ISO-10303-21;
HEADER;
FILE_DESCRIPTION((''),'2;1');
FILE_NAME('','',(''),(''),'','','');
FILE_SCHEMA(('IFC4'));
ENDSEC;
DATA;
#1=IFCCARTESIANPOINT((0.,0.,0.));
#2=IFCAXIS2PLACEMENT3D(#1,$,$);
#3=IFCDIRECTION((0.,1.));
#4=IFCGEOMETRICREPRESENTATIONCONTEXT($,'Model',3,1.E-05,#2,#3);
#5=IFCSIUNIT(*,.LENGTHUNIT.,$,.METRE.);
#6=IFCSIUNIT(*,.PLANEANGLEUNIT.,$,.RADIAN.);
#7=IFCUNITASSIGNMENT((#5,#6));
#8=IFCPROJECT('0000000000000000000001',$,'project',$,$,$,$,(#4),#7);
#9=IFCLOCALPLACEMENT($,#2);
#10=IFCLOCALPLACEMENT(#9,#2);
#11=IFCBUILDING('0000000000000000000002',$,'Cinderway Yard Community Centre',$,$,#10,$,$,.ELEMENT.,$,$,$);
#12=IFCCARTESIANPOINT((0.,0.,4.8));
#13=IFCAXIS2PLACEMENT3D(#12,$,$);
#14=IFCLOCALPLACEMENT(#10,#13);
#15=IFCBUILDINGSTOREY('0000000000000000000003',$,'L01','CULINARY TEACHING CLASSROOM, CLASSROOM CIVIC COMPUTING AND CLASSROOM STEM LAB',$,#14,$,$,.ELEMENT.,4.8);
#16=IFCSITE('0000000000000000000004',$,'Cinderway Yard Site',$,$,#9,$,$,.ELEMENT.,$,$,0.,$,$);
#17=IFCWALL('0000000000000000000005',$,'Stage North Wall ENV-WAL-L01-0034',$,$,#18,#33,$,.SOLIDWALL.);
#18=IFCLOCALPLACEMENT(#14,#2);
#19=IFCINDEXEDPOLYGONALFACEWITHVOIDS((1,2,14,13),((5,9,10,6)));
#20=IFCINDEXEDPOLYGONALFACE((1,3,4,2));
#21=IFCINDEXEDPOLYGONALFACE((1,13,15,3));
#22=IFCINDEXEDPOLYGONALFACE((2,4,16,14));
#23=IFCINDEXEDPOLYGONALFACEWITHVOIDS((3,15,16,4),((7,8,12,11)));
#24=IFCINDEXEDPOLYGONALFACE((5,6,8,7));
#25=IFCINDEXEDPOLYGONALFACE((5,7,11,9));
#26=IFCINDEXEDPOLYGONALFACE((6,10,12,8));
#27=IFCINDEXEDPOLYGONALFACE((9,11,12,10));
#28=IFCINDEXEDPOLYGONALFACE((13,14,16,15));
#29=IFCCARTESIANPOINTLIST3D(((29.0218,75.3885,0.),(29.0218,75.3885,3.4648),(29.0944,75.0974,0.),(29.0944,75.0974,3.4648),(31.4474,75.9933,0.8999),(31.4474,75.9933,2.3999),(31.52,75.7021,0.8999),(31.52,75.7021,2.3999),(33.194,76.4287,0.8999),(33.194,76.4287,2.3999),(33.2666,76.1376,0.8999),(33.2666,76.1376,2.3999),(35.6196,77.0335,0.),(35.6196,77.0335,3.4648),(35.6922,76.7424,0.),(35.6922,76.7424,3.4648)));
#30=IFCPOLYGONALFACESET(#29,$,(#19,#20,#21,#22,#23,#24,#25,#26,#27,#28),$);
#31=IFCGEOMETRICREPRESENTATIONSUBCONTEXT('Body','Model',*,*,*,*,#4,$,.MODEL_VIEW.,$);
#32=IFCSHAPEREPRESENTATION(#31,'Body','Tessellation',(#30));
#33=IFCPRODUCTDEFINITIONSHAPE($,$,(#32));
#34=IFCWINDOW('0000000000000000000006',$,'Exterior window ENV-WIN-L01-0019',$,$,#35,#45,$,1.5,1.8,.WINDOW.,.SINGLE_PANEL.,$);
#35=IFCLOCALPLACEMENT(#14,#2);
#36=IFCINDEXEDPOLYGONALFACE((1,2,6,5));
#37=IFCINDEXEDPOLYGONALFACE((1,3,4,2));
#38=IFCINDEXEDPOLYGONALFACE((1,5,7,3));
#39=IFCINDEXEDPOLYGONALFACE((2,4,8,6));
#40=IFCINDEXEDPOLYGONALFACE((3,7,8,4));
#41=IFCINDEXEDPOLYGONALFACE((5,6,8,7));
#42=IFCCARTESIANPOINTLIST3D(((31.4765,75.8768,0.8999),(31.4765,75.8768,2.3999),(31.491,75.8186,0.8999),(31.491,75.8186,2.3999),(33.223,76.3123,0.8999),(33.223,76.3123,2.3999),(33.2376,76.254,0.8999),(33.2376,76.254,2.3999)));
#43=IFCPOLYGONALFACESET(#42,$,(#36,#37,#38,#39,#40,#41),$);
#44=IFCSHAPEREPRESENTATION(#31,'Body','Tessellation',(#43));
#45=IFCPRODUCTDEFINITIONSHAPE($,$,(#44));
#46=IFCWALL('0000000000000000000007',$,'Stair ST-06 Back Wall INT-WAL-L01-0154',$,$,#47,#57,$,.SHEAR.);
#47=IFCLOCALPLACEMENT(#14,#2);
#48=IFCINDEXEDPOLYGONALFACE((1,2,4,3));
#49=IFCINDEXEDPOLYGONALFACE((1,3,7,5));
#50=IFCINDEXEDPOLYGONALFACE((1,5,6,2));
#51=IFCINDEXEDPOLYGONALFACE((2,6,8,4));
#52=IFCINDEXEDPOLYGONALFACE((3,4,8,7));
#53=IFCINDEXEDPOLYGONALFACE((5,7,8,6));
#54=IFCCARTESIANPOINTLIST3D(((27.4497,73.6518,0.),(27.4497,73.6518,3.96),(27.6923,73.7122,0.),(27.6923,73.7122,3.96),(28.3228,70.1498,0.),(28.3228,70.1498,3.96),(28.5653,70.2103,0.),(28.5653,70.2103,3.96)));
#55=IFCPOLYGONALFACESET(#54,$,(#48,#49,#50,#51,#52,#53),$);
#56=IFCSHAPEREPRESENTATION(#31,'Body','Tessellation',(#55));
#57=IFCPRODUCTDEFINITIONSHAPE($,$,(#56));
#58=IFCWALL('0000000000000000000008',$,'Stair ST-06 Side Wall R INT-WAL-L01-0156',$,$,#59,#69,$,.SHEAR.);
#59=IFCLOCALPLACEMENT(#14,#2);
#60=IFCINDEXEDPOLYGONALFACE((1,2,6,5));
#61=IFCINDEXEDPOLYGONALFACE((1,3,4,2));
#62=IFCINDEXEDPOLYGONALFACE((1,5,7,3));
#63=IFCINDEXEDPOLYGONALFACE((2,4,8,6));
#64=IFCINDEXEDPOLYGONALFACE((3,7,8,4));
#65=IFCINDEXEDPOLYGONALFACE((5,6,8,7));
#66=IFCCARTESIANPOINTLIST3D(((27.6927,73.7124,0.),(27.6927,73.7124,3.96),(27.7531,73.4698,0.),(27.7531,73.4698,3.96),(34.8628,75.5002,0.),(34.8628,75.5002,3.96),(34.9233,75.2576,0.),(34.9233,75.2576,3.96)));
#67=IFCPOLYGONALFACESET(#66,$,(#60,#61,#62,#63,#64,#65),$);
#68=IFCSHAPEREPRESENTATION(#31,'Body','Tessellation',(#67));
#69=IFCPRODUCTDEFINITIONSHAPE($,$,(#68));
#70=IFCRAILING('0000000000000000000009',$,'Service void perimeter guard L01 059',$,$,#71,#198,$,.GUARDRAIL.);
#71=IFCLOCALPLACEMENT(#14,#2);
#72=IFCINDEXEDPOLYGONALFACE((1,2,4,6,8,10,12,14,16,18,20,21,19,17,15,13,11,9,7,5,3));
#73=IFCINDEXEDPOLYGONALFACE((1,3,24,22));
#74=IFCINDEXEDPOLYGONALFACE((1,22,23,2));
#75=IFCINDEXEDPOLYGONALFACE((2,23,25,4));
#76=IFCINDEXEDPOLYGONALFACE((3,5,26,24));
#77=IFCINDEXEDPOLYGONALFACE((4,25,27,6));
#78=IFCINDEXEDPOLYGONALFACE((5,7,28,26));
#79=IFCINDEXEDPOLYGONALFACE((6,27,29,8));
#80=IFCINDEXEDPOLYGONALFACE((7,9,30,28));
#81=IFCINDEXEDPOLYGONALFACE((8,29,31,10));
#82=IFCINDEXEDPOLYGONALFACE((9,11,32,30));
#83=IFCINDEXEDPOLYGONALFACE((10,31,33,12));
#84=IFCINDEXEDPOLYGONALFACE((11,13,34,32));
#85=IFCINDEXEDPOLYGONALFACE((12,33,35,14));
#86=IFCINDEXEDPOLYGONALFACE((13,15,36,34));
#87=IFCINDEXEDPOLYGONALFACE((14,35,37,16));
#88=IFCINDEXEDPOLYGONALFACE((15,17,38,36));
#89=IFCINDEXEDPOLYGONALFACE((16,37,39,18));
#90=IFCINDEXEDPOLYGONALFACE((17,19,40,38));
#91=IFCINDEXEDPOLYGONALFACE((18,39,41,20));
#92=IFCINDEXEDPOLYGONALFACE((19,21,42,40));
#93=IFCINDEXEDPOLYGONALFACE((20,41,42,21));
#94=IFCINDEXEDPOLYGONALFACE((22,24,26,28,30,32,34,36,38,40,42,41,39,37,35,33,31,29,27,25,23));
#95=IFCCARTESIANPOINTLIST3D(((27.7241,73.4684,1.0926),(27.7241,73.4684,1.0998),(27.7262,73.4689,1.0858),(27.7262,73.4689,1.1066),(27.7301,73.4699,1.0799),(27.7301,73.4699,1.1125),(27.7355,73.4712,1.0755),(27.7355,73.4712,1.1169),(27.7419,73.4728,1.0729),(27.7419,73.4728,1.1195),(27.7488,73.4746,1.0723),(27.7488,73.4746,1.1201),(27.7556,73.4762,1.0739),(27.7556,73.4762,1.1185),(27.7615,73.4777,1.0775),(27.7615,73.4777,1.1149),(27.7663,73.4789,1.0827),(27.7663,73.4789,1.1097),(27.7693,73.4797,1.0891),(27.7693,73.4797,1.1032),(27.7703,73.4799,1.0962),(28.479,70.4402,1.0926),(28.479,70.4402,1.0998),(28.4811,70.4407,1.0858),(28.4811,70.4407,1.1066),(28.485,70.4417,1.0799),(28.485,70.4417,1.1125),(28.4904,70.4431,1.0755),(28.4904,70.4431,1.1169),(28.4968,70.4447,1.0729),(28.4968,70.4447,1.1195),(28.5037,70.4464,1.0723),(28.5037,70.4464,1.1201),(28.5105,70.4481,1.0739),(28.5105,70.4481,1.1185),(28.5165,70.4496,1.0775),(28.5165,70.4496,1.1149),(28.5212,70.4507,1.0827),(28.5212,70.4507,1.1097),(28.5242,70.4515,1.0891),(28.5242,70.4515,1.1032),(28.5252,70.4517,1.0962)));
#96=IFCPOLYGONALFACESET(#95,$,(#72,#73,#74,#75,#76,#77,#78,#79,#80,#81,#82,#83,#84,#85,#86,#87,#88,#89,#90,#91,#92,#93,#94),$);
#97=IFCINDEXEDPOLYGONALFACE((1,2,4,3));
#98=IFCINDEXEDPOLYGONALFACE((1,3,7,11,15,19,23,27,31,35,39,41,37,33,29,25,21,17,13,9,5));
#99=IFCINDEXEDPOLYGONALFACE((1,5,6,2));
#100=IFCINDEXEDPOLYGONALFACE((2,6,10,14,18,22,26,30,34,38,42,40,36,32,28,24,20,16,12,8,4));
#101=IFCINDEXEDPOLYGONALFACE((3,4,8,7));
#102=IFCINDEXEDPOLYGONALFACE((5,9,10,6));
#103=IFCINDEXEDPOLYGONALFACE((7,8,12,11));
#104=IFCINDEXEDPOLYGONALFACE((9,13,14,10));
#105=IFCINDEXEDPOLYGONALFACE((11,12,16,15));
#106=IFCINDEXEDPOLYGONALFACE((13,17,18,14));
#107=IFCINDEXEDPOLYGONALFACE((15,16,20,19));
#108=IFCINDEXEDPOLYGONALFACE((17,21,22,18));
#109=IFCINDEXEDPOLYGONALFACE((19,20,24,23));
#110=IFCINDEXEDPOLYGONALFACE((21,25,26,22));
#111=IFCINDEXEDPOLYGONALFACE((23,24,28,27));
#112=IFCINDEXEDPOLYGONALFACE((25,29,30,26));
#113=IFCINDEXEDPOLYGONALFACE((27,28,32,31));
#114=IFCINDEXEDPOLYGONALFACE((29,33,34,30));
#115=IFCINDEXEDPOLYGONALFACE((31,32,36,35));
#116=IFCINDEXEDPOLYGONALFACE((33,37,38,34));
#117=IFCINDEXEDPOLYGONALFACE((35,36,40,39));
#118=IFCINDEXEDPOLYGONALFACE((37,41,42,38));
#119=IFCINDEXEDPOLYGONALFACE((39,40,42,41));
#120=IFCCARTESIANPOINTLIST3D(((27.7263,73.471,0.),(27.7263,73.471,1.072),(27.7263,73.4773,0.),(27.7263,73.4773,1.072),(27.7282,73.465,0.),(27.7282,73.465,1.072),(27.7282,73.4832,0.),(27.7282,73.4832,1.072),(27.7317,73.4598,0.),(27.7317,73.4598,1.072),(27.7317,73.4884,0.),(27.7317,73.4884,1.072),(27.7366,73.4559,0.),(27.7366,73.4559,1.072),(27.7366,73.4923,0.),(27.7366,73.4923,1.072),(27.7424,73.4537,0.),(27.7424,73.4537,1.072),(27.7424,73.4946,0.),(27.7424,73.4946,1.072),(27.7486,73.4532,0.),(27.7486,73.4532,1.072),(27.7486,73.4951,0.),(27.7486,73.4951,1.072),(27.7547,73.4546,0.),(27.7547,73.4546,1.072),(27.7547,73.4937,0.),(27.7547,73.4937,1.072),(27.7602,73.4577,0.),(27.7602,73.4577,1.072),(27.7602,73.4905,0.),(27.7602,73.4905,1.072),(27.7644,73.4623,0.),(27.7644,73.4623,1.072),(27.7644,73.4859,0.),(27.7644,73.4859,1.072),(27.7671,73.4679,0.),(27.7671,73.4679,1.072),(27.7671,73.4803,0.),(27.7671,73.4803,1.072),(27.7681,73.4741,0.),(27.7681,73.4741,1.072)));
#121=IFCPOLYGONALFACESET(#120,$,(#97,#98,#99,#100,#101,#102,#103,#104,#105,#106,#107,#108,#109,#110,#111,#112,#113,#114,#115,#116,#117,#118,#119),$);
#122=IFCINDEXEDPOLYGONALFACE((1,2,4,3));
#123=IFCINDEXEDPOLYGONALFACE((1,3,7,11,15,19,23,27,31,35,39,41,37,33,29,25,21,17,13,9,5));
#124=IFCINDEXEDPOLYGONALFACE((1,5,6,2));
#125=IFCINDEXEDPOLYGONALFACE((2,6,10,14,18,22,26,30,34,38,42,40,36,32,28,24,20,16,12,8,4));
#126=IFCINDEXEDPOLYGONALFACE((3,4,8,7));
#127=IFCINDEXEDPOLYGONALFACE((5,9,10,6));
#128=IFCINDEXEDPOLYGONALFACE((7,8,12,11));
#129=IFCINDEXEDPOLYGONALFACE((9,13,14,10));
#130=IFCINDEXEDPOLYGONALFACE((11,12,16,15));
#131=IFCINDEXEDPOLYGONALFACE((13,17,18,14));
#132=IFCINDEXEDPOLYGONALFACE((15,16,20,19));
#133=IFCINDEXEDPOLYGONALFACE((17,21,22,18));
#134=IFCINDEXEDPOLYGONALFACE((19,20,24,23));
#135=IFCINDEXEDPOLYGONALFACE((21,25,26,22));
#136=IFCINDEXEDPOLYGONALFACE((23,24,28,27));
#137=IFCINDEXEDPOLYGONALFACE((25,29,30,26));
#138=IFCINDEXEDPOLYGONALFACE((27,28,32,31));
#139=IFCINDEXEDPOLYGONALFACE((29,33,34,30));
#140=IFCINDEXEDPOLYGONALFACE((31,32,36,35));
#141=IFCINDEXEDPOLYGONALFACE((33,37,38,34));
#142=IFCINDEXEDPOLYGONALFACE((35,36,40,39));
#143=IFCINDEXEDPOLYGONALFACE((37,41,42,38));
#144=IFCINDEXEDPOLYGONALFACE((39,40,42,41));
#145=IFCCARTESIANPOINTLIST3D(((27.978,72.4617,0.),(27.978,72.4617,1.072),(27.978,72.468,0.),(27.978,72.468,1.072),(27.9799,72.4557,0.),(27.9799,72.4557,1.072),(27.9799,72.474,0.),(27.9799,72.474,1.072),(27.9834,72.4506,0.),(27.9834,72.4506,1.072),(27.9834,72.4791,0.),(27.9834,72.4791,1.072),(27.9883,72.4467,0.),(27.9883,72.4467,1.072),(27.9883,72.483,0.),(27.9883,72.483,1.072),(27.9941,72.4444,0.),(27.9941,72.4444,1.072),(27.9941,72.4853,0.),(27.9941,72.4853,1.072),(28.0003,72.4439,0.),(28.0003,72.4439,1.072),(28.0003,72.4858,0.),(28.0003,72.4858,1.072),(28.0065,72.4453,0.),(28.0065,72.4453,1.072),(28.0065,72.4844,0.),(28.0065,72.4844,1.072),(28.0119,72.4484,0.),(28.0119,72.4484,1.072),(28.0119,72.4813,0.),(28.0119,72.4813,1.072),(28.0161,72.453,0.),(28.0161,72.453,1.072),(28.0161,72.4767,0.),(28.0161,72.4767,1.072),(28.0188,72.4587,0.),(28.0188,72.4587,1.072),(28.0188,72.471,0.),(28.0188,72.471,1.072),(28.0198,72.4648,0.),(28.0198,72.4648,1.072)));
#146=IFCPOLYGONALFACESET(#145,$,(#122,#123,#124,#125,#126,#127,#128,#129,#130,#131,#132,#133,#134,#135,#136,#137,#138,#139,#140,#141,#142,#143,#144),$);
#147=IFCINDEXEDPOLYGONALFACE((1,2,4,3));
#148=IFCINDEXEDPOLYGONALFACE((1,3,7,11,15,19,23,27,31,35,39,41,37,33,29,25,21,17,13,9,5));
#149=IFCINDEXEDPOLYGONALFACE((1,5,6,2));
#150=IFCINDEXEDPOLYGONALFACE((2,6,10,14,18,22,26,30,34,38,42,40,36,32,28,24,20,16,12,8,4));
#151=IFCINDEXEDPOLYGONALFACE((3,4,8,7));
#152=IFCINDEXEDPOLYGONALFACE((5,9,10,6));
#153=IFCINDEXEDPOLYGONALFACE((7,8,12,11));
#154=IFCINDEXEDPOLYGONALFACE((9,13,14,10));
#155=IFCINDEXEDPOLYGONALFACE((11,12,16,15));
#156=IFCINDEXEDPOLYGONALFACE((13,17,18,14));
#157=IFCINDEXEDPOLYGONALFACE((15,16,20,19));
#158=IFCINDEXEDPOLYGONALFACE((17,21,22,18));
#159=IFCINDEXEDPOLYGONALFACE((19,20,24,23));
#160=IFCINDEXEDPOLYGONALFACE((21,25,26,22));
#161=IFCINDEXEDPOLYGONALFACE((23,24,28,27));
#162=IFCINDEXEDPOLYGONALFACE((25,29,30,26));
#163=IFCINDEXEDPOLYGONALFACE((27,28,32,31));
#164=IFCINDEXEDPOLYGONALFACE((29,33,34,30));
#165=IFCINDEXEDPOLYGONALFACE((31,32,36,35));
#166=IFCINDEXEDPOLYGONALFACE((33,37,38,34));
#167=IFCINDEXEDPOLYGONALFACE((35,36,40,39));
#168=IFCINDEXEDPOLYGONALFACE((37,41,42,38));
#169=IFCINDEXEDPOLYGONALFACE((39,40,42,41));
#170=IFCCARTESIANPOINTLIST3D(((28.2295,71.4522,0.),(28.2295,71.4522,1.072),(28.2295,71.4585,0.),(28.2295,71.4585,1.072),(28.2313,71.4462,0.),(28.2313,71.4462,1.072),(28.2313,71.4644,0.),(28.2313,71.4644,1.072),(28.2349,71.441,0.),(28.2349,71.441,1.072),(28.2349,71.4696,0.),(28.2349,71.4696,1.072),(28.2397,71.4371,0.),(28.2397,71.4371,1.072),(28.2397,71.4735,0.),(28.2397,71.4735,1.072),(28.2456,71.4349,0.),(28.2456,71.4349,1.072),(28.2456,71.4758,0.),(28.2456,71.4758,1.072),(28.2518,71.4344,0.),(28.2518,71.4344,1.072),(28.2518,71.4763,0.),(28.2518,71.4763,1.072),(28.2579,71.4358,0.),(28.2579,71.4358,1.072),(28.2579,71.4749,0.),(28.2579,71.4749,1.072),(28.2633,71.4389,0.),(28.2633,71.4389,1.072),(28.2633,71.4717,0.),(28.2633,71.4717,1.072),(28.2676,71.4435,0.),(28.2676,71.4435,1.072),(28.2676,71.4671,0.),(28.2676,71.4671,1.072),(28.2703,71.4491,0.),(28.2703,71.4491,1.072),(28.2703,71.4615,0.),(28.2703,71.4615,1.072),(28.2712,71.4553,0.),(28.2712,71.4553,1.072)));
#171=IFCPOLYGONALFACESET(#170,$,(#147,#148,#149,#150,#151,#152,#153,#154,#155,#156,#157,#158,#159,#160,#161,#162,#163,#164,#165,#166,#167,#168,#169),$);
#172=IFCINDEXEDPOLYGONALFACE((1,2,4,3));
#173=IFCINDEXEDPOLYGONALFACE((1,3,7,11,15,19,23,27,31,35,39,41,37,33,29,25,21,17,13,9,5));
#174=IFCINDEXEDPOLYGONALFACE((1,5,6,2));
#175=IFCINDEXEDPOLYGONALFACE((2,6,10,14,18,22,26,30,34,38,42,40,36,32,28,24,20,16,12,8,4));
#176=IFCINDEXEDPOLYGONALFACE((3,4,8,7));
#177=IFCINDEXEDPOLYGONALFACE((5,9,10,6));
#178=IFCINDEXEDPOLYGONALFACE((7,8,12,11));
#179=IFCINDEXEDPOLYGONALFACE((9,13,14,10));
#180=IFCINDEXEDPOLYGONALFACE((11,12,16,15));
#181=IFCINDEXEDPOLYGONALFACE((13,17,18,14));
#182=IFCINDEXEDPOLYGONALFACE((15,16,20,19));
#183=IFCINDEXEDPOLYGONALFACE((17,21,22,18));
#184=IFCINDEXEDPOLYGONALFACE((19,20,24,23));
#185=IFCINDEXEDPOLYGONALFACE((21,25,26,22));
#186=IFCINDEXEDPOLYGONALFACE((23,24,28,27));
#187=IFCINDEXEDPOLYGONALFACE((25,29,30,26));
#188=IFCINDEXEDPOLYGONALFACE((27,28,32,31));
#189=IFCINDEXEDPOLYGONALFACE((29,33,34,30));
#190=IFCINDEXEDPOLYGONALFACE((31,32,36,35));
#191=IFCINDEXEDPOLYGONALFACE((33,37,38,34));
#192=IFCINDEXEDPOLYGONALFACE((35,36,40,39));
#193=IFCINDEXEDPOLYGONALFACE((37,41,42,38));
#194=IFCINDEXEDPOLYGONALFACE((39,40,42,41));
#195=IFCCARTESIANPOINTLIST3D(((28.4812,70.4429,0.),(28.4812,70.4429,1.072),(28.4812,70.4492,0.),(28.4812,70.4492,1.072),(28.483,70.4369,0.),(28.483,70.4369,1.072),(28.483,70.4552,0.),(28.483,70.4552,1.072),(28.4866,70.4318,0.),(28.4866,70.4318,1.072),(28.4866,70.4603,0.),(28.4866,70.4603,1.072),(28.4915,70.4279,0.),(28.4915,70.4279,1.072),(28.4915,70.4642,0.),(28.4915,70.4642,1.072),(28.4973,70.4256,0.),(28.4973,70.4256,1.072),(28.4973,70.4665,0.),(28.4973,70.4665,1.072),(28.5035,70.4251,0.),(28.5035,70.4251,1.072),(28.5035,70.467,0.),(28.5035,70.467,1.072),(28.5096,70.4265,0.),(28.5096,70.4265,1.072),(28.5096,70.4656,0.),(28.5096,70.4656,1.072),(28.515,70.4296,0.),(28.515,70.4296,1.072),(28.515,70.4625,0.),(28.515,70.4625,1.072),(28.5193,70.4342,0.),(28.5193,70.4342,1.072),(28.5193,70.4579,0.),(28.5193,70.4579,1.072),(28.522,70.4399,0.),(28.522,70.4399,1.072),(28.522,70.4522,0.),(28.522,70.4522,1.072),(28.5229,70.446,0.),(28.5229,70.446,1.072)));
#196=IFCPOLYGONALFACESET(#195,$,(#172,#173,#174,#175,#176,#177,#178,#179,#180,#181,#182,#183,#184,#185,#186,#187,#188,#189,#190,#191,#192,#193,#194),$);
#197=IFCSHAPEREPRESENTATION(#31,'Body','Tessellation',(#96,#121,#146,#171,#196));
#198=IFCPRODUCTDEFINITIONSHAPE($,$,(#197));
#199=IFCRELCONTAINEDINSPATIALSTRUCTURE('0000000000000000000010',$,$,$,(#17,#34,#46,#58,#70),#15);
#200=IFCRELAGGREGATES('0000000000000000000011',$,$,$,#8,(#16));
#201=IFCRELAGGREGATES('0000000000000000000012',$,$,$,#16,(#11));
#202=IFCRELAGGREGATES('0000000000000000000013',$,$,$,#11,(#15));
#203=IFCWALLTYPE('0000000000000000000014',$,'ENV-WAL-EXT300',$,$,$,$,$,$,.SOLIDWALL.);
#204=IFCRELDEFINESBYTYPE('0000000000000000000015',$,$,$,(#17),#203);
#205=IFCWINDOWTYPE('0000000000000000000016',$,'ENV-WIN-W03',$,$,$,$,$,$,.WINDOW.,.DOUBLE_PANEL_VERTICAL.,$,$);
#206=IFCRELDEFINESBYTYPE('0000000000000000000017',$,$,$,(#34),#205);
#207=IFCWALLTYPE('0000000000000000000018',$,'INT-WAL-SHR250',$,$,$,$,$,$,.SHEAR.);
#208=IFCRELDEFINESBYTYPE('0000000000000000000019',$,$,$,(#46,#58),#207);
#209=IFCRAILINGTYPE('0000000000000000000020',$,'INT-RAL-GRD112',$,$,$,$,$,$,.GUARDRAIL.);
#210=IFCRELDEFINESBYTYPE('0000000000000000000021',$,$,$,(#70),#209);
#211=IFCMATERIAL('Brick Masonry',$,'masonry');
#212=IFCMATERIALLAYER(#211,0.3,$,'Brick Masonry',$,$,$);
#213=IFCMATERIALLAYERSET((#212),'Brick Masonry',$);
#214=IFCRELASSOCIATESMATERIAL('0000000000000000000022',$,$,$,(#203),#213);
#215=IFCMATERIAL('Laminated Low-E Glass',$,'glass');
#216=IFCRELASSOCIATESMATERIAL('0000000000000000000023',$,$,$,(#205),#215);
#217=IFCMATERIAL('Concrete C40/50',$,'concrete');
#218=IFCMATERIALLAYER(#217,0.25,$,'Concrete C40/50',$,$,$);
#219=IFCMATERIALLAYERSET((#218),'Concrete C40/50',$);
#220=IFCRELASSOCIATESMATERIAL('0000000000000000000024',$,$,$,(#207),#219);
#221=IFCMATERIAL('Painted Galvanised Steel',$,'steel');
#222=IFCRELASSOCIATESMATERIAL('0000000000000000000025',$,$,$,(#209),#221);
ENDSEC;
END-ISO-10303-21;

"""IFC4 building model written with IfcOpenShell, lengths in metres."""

from ifc_helpers import new_model, si_unit, direction, frame, frame_2d, origin, origin_2d, place, context, subcontext, project, spatial, rectangle, circle, extrude, material, layer, layer_set, type_object, element, fill, save


model = new_model("IFC4")

# Units and contexts
model_context = context("Model", 3, precision=1e-05, world=origin(), true_north=direction((0.0, 1.0)))
body_context = subcontext(model_context, "Body", "Model", "MODEL_VIEW")
ifc_project = project(units=[si_unit("LENGTHUNIT", "METRE"), si_unit("PLANEANGLEUNIT", "RADIAN")], contexts=[model_context])

# Site, building, storey
site_placement = place(None, origin())
site = spatial("IfcSite", under=ifc_project, at=site_placement, Name="Cinderway Yard Site", CompositionType="ELEMENT", RefElevation=0.0)
building_placement = place(site_placement, origin())
building = spatial("IfcBuilding", under=site, at=building_placement, Name="Cinderway Yard Community Centre", CompositionType="ELEMENT")
storey_placement = place(building_placement, frame((0.0, 0.0, 4.8)))
storey = spatial("IfcBuildingStorey", under=building, at=storey_placement, Name="L01", Description="CULINARY TEACHING CLASSROOM, CLASSROOM CIVIC COMPUTING AND CLASSROOM STEM LAB", CompositionType="ELEMENT", Elevation=4.8)

# Shared definitions
ifc_material_1 = material(Name="Concrete C40/50", Category="concrete")

# Shared definitions
ifc_material_2 = material(Name="Laminated Low-E Glass", Category="glass")

# Wall, opening, window
ifc_material_3 = material(Name="Brick Masonry", Category="masonry")
ifc_layer_1 = layer(ifc_material_3, 0.3, Name="Brick Masonry")
ifc_layer_set_1 = layer_set([ifc_layer_1], Name="Brick Masonry")
wall_type_1 = type_object("IfcWallType", Name="ENV-WAL-EXT300", PredefinedType="SOLIDWALL", material=ifc_layer_set_1)
wall_1_placement = place(storey_placement, frame((29.0581, 75.2429, 0.0), z_axis=(0.0, 0.0, 1.0), x_axis=(0.970296, 0.241919, 0.0)))
wall_1 = element("IfcWall", 1, at=wall_1_placement, inside=storey, type_object=wall_type_1, Name="Stage North Wall ENV-WAL-L01-0034", PredefinedType="SOLIDWALL", context=body_context, shape_type="SweptSolid", body=[
    extrude(rectangle(XDim=6.7998, YDim=0.3, at=frame_2d((3.3999, 0.0))), origin(), (0.0, 0.0, 1.0), 3.4648),
])
opening_placement = place(wall_1_placement, frame((2.5, 0.0, 0.8999)))
opening = element("IfcOpeningElement", 2, at=opening_placement, cuts=wall_1, PredefinedType="OPENING", context=body_context, shape_type="SweptSolid", body=[
    extrude(rectangle(XDim=1.8, YDim=1.5, at=frame_2d((0.8999, 0.75))), frame((0.0, 0.1599, 0.0), z_axis=(0.0, -1.0, 0.0), x_axis=(1.0, 0.0, 0.0)), (0.0, 0.0, 1.0), 0.3201),
])
window_type = type_object("IfcWindowType", Name="ENV-WIN-W03", PartitioningType="DOUBLE_PANEL_VERTICAL", PredefinedType="WINDOW", material=ifc_material_2)
window_placement = place(opening_placement, origin())
window = element("IfcWindow", 3, at=window_placement, inside=storey, type_object=window_type, Name="Exterior window ENV-WIN-L01-0019", OverallHeight=1.5, OverallWidth=1.8, PartitioningType="SINGLE_PANEL", PredefinedType="WINDOW", context=body_context, shape_type="SweptSolid", body=[
    extrude(rectangle(XDim=1.8, YDim=1.5, at=frame_2d((0.8999, 0.75))), frame((0.0, 0.03, 0.0), z_axis=(0.0, -1.0, 0.0), x_axis=(1.0, 0.0, 0.0)), (0.0, 0.0, 1.0), 0.0601),
])
fill(opening, window)

# Walls
ifc_layer_2 = layer(ifc_material_1, 0.25, Name="Concrete C40/50")
ifc_layer_set_2 = layer_set([ifc_layer_2], Name="Concrete C40/50")
wall_type_2 = type_object("IfcWallType", Name="INT-WAL-SHR250", PredefinedType="SHEAR", material=ifc_layer_set_2)
wall_2_placement = place(storey_placement, frame((28.4441, 70.1799, 0.0), z_axis=(0.0, 0.0, 1.0), x_axis=(-0.241899, 0.970301, 0.0)))
element("IfcWall", 4, at=wall_2_placement, inside=storey, type_object=wall_type_2, Name="Stair ST-06 Back Wall INT-WAL-L01-0154", PredefinedType="SHEAR", context=body_context, shape_type="SweptSolid", body=[
    extrude(rectangle(XDim=3.6091, YDim=0.25, at=frame_2d((1.8047, 0.0))), origin(), (0.0, 0.0, 1.0), 3.96),
])
wall_3_placement = place(storey_placement, frame((27.7229, 73.5911, 0.0), z_axis=(0.0, 0.0, 1.0), x_axis=(0.970292, 0.241937, 0.0)))
element("IfcWall", 5, at=wall_3_placement, inside=storey, type_object=wall_type_2, Name="Stair ST-06 Side Wall R INT-WAL-L01-0156", PredefinedType="SHEAR", context=body_context, shape_type="SweptSolid", body=[
    extrude(rectangle(XDim=7.3896, YDim=0.25, at=frame_2d((3.6948, 0.0))), origin(), (0.0, 0.0, 1.0), 3.96),
])

# Railing
ifc_material_4 = material(Name="Painted Galvanised Steel", Category="steel")
railing_type = type_object("IfcRailingType", Name="INT-RAL-GRD112", PredefinedType="GUARDRAIL", material=ifc_material_4)
railing_1_placement = place(storey_placement, frame((27.7471, 73.4741, 0.0)))
element("IfcRailing", 6, at=railing_1_placement, inside=storey, type_object=railing_type, Name="Service void perimeter guard L01 059", PredefinedType="GUARDRAIL", context=body_context, shape_type="SweptSolid", body=[
    extrude(circle(Radius=0.0239, at=origin_2d()), frame((0.0, 0.0, 1.0962), z_axis=(0.241891, -0.970303, 0.0), x_axis=(0.970303, 0.241891, 0.0)), (0.0, 0.0, 1.0), 3.1208),
    extrude(circle(Radius=0.021, at=origin_2d()), origin(), (0.0, 0.0, 1.0), 1.072),
    extrude(circle(Radius=0.021, at=origin_2d()), frame((0.2517, -1.0093, 0.0)), (0.0, 0.0, 1.0), 1.072),
    extrude(circle(Radius=0.021, at=origin_2d()), frame((0.5032, -2.0188, 0.0)), (0.0, 0.0, 1.0), 1.072),
    extrude(circle(Radius=0.021, at=origin_2d()), frame((0.7549, -3.0281, 0.0)), (0.0, 0.0, 1.0), 1.072),
])

save(model, "model.ifc")
